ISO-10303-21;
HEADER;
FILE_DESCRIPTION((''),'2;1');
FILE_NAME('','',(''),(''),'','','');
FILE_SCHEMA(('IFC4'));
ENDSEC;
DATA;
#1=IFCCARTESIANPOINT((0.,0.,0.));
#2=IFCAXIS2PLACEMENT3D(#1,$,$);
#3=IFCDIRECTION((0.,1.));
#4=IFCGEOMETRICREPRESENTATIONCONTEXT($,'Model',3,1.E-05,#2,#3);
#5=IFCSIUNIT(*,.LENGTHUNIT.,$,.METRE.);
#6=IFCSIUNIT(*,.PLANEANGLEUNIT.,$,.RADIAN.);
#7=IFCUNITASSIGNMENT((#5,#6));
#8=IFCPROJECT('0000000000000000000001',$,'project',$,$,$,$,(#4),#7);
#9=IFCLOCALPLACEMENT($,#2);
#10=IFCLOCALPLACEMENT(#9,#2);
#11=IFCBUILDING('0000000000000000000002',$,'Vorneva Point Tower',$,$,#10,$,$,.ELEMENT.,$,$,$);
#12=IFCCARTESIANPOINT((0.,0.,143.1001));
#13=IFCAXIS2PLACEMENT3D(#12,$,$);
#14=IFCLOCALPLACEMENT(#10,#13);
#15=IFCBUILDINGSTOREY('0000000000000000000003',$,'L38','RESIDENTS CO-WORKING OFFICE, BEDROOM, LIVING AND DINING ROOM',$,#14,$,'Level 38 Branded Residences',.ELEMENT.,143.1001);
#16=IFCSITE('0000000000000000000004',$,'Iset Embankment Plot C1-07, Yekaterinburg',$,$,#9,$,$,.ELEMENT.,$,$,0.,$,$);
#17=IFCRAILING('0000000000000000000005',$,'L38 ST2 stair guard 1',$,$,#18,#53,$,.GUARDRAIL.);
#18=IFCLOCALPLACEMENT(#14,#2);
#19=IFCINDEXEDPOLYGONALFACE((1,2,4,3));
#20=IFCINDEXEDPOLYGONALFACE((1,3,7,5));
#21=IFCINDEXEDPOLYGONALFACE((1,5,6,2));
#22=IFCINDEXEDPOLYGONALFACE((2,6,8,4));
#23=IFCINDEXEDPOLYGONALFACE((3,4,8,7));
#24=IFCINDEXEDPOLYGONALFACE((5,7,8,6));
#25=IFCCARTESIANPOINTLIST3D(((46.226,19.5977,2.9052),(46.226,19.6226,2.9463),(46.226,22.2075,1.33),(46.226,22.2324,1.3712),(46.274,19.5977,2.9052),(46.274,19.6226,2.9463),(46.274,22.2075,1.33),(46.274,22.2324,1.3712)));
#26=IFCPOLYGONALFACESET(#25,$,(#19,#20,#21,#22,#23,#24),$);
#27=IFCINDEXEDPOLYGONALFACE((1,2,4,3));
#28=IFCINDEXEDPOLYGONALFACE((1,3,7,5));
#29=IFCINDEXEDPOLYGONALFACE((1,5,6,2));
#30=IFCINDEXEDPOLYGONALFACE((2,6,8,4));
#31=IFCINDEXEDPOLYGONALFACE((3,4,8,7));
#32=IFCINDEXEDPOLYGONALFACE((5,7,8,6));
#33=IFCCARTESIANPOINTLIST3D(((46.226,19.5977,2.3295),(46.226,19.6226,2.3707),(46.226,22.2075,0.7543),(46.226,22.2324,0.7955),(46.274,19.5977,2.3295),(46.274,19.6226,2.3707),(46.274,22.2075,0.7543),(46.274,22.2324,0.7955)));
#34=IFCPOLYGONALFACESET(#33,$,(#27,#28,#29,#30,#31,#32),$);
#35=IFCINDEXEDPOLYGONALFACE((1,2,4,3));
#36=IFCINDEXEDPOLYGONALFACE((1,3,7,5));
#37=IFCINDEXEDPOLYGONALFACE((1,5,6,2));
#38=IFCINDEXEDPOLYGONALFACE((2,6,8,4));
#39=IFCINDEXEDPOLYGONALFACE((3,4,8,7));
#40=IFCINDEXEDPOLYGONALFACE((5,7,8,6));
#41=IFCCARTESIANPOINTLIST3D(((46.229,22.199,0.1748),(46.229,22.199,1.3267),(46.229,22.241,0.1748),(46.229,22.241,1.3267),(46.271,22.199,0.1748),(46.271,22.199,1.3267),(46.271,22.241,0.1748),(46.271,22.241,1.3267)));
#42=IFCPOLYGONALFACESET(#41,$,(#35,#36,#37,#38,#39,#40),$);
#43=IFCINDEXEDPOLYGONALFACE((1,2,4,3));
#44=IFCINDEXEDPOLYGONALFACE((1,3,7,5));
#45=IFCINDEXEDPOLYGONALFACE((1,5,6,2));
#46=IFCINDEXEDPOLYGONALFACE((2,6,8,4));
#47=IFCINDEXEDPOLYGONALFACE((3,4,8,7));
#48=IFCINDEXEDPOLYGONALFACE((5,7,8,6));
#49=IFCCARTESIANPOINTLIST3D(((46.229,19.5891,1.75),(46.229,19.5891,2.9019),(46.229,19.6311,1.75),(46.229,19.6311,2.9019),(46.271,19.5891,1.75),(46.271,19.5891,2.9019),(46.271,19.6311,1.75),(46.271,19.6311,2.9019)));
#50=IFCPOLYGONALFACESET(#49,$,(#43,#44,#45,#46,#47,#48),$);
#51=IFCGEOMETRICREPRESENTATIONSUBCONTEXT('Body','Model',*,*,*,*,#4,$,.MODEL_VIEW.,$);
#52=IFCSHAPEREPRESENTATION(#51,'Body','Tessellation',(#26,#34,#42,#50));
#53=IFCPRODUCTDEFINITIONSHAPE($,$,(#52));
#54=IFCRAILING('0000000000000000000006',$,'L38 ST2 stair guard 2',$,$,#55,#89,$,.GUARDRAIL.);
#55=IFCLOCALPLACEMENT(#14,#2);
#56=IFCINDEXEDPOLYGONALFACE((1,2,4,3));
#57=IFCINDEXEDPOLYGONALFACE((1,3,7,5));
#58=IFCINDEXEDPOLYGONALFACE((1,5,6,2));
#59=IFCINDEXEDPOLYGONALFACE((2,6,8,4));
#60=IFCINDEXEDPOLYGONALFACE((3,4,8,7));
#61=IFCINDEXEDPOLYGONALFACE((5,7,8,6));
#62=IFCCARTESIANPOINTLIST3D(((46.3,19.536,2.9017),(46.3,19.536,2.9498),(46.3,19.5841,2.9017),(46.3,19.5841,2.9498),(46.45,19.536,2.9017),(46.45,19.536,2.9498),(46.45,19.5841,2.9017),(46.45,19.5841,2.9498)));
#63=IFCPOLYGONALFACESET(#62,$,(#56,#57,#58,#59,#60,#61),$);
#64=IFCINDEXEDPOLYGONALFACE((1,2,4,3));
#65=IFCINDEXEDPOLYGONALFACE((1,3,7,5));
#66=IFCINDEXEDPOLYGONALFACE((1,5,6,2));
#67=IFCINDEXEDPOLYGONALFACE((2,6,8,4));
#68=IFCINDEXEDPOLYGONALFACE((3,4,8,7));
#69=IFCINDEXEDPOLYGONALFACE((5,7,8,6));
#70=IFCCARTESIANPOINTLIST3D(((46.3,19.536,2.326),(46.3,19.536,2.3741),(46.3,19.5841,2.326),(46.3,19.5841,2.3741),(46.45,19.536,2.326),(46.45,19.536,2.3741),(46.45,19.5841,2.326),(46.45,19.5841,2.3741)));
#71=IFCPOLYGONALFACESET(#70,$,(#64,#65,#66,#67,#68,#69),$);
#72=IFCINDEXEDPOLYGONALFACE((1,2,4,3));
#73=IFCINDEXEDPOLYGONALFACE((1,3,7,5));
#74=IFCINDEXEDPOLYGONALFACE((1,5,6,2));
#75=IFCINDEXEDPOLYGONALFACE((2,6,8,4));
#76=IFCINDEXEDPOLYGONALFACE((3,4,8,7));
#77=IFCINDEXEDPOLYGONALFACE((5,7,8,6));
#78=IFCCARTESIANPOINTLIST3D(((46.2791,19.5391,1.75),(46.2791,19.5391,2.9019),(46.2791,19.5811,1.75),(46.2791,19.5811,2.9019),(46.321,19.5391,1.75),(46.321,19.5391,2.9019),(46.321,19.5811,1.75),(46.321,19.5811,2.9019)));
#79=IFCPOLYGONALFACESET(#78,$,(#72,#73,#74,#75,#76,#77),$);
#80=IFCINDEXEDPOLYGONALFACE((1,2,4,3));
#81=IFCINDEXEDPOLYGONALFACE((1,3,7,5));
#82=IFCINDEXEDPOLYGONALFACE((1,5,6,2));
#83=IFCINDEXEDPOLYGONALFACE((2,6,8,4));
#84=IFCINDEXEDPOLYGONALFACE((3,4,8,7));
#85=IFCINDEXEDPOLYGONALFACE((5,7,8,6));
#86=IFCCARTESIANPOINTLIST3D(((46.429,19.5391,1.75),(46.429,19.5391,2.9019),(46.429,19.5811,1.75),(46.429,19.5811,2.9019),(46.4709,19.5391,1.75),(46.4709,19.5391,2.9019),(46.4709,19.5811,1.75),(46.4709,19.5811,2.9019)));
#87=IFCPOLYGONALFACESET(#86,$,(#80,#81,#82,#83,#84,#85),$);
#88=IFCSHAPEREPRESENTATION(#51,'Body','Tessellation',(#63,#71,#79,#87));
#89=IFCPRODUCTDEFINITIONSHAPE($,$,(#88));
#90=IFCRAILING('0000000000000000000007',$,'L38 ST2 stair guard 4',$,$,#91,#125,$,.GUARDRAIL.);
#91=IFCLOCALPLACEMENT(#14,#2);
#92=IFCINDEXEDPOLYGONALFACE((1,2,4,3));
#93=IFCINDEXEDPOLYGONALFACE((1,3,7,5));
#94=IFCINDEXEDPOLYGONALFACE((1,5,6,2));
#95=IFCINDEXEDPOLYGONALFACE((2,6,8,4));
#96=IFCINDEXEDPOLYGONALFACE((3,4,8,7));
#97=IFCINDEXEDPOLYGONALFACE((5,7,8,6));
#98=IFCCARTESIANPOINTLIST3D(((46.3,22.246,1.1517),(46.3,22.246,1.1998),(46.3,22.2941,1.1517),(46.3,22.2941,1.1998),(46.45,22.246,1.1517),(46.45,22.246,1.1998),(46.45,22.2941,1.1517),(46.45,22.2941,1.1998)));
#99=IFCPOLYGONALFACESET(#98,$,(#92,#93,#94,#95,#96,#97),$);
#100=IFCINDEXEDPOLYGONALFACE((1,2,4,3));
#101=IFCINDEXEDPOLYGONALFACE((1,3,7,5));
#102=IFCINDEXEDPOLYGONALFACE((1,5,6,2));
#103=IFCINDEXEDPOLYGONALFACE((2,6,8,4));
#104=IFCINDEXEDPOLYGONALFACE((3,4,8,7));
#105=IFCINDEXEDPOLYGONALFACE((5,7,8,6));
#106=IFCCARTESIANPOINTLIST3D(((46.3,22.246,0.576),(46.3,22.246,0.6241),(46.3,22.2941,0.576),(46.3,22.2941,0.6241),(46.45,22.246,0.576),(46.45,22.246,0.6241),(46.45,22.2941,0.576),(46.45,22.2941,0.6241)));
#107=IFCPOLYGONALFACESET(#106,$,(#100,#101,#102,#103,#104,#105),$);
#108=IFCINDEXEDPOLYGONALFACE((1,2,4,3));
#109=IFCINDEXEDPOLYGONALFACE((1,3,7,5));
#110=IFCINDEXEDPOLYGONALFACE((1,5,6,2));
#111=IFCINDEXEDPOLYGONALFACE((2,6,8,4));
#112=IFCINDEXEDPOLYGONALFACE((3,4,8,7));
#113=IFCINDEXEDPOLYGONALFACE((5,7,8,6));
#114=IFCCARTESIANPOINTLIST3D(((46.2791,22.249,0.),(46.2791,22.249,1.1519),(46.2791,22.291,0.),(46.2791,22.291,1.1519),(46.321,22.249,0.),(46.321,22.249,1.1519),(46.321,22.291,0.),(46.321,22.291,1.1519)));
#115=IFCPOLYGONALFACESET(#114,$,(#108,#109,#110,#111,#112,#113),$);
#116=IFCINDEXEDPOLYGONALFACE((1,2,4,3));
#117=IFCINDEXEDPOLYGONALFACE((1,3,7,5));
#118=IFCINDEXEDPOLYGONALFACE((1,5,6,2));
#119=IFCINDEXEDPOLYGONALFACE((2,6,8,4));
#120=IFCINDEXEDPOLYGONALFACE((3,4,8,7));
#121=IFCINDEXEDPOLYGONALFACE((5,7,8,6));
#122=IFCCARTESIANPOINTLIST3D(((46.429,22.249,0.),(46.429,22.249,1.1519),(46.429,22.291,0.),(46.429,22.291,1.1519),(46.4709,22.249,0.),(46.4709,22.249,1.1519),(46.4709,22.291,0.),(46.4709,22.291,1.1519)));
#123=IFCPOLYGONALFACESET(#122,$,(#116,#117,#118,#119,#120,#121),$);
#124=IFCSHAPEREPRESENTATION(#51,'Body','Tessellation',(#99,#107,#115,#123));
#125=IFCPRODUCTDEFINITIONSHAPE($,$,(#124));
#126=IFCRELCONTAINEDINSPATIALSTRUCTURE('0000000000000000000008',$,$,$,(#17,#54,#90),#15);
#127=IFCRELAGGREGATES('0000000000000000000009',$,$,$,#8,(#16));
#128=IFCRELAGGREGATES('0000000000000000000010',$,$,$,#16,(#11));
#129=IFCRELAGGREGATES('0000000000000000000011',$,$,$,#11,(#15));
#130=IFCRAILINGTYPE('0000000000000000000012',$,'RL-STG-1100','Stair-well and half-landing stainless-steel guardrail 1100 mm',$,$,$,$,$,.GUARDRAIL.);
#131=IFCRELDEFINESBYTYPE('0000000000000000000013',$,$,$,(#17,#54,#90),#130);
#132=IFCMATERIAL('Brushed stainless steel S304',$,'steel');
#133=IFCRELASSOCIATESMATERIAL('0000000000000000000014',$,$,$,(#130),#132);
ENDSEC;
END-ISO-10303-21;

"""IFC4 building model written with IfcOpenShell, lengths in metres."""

from ifc_helpers import new_model, si_unit, direction, frame, origin, origin_2d, place, context, subcontext, project, spatial, rectangle, extrude, material, type_object, element, save


model = new_model("IFC4")

# Units and contexts
model_context = context("Model", 3, precision=1e-05, world=origin(), true_north=direction((0.0, 1.0)))
body_context = subcontext(model_context, "Body", "Model", "MODEL_VIEW")
ifc_project = project(units=[si_unit("LENGTHUNIT", "METRE"), si_unit("PLANEANGLEUNIT", "RADIAN")], contexts=[model_context])

# Site, building, storey
site_placement = place(None, origin())
site = spatial("IfcSite", under=ifc_project, at=site_placement, Name="Iset Embankment Plot C1-07, Yekaterinburg", CompositionType="ELEMENT", RefElevation=0.0)
building_placement = place(site_placement, origin())
building = spatial("IfcBuilding", under=site, at=building_placement, Name="Vorneva Point Tower", CompositionType="ELEMENT")
storey_placement = place(building_placement, frame((0.0, 0.0, 143.1001)))
storey = spatial("IfcBuildingStorey", under=building, at=storey_placement, Name="L38", Description="RESIDENTS CO-WORKING OFFICE, BEDROOM, LIVING AND DINING ROOM", LongName="Level 38 Branded Residences", CompositionType="ELEMENT", Elevation=143.1001)

# Railings
ifc_material_1 = material(Name="Brushed stainless steel S304", Category="steel")
railing_type_1 = type_object("IfcRailingType", Name="RL-STG-1100", Description="Stair-well and half-landing stainless-steel guardrail 1100 mm", PredefinedType="GUARDRAIL", material=ifc_material_1)
railing_1_placement = place(storey_placement, frame((46.25, 22.22, 0.1748)))
element("IfcRailing", 1, at=railing_1_placement, inside=storey, type_object=railing_type_1, Name="L38 ST2 stair guard 1", PredefinedType="GUARDRAIL", context=body_context, shape_type="SweptSolid", body=[
    extrude(rectangle(XDim=0.0481, YDim=0.0481, at=origin_2d()), frame((0.0, 0.0, 1.1758), z_axis=(0.0, -0.856147, 0.516732), x_axis=(1.0, 0.0, 0.0)), (0.0, 0.0, 1.0), 3.0483),
    extrude(rectangle(XDim=0.0481, YDim=0.0481, at=origin_2d()), frame((0.0, 0.0, 0.6001), z_axis=(0.0, -0.856147, 0.516732), x_axis=(1.0, 0.0, 0.0)), (0.0, 0.0, 1.0), 3.0483),
    extrude(rectangle(XDim=0.042, YDim=0.042, at=origin_2d()), origin(), (0.0, 0.0, 1.0), 1.1519),
    extrude(rectangle(XDim=0.042, YDim=0.042, at=origin_2d()), frame((0.0, -2.6099, 1.5752)), (0.0, 0.0, 1.0), 1.1519),
])
for number, where, name in (
    (2, (46.3, 19.5601, 1.75), "L38 ST2 stair guard 2"),
    (3, (46.3, 22.27, 0.0), "L38 ST2 stair guard 4"),
):
    element("IfcRailing", number, at=place(storey_placement, frame(where)), inside=storey, type_object=railing_type_1, Name=name, PredefinedType="GUARDRAIL", context=body_context, shape_type="SweptSolid", body=[
        extrude(rectangle(XDim=0.0481, YDim=0.0481, at=origin_2d()), frame((0.0, 0.0, 1.1758), z_axis=(1.0, 0.0, 0.0), x_axis=(0.0, 1.0, 0.0)), (0.0, 0.0, 1.0), 0.1499),
        extrude(rectangle(XDim=0.0481, YDim=0.0481, at=origin_2d()), frame((0.0, 0.0, 0.6001), z_axis=(1.0, 0.0, 0.0), x_axis=(0.0, 1.0, 0.0)), (0.0, 0.0, 1.0), 0.1499),
        extrude(rectangle(XDim=0.042, YDim=0.042, at=origin_2d()), origin(), (0.0, 0.0, 1.0), 1.1519),
        extrude(rectangle(XDim=0.042, YDim=0.042, at=origin_2d()), frame((0.1499, 0.0, 0.0)), (0.0, 0.0, 1.0), 1.1519),
    ])

save(model, "model.ifc")
